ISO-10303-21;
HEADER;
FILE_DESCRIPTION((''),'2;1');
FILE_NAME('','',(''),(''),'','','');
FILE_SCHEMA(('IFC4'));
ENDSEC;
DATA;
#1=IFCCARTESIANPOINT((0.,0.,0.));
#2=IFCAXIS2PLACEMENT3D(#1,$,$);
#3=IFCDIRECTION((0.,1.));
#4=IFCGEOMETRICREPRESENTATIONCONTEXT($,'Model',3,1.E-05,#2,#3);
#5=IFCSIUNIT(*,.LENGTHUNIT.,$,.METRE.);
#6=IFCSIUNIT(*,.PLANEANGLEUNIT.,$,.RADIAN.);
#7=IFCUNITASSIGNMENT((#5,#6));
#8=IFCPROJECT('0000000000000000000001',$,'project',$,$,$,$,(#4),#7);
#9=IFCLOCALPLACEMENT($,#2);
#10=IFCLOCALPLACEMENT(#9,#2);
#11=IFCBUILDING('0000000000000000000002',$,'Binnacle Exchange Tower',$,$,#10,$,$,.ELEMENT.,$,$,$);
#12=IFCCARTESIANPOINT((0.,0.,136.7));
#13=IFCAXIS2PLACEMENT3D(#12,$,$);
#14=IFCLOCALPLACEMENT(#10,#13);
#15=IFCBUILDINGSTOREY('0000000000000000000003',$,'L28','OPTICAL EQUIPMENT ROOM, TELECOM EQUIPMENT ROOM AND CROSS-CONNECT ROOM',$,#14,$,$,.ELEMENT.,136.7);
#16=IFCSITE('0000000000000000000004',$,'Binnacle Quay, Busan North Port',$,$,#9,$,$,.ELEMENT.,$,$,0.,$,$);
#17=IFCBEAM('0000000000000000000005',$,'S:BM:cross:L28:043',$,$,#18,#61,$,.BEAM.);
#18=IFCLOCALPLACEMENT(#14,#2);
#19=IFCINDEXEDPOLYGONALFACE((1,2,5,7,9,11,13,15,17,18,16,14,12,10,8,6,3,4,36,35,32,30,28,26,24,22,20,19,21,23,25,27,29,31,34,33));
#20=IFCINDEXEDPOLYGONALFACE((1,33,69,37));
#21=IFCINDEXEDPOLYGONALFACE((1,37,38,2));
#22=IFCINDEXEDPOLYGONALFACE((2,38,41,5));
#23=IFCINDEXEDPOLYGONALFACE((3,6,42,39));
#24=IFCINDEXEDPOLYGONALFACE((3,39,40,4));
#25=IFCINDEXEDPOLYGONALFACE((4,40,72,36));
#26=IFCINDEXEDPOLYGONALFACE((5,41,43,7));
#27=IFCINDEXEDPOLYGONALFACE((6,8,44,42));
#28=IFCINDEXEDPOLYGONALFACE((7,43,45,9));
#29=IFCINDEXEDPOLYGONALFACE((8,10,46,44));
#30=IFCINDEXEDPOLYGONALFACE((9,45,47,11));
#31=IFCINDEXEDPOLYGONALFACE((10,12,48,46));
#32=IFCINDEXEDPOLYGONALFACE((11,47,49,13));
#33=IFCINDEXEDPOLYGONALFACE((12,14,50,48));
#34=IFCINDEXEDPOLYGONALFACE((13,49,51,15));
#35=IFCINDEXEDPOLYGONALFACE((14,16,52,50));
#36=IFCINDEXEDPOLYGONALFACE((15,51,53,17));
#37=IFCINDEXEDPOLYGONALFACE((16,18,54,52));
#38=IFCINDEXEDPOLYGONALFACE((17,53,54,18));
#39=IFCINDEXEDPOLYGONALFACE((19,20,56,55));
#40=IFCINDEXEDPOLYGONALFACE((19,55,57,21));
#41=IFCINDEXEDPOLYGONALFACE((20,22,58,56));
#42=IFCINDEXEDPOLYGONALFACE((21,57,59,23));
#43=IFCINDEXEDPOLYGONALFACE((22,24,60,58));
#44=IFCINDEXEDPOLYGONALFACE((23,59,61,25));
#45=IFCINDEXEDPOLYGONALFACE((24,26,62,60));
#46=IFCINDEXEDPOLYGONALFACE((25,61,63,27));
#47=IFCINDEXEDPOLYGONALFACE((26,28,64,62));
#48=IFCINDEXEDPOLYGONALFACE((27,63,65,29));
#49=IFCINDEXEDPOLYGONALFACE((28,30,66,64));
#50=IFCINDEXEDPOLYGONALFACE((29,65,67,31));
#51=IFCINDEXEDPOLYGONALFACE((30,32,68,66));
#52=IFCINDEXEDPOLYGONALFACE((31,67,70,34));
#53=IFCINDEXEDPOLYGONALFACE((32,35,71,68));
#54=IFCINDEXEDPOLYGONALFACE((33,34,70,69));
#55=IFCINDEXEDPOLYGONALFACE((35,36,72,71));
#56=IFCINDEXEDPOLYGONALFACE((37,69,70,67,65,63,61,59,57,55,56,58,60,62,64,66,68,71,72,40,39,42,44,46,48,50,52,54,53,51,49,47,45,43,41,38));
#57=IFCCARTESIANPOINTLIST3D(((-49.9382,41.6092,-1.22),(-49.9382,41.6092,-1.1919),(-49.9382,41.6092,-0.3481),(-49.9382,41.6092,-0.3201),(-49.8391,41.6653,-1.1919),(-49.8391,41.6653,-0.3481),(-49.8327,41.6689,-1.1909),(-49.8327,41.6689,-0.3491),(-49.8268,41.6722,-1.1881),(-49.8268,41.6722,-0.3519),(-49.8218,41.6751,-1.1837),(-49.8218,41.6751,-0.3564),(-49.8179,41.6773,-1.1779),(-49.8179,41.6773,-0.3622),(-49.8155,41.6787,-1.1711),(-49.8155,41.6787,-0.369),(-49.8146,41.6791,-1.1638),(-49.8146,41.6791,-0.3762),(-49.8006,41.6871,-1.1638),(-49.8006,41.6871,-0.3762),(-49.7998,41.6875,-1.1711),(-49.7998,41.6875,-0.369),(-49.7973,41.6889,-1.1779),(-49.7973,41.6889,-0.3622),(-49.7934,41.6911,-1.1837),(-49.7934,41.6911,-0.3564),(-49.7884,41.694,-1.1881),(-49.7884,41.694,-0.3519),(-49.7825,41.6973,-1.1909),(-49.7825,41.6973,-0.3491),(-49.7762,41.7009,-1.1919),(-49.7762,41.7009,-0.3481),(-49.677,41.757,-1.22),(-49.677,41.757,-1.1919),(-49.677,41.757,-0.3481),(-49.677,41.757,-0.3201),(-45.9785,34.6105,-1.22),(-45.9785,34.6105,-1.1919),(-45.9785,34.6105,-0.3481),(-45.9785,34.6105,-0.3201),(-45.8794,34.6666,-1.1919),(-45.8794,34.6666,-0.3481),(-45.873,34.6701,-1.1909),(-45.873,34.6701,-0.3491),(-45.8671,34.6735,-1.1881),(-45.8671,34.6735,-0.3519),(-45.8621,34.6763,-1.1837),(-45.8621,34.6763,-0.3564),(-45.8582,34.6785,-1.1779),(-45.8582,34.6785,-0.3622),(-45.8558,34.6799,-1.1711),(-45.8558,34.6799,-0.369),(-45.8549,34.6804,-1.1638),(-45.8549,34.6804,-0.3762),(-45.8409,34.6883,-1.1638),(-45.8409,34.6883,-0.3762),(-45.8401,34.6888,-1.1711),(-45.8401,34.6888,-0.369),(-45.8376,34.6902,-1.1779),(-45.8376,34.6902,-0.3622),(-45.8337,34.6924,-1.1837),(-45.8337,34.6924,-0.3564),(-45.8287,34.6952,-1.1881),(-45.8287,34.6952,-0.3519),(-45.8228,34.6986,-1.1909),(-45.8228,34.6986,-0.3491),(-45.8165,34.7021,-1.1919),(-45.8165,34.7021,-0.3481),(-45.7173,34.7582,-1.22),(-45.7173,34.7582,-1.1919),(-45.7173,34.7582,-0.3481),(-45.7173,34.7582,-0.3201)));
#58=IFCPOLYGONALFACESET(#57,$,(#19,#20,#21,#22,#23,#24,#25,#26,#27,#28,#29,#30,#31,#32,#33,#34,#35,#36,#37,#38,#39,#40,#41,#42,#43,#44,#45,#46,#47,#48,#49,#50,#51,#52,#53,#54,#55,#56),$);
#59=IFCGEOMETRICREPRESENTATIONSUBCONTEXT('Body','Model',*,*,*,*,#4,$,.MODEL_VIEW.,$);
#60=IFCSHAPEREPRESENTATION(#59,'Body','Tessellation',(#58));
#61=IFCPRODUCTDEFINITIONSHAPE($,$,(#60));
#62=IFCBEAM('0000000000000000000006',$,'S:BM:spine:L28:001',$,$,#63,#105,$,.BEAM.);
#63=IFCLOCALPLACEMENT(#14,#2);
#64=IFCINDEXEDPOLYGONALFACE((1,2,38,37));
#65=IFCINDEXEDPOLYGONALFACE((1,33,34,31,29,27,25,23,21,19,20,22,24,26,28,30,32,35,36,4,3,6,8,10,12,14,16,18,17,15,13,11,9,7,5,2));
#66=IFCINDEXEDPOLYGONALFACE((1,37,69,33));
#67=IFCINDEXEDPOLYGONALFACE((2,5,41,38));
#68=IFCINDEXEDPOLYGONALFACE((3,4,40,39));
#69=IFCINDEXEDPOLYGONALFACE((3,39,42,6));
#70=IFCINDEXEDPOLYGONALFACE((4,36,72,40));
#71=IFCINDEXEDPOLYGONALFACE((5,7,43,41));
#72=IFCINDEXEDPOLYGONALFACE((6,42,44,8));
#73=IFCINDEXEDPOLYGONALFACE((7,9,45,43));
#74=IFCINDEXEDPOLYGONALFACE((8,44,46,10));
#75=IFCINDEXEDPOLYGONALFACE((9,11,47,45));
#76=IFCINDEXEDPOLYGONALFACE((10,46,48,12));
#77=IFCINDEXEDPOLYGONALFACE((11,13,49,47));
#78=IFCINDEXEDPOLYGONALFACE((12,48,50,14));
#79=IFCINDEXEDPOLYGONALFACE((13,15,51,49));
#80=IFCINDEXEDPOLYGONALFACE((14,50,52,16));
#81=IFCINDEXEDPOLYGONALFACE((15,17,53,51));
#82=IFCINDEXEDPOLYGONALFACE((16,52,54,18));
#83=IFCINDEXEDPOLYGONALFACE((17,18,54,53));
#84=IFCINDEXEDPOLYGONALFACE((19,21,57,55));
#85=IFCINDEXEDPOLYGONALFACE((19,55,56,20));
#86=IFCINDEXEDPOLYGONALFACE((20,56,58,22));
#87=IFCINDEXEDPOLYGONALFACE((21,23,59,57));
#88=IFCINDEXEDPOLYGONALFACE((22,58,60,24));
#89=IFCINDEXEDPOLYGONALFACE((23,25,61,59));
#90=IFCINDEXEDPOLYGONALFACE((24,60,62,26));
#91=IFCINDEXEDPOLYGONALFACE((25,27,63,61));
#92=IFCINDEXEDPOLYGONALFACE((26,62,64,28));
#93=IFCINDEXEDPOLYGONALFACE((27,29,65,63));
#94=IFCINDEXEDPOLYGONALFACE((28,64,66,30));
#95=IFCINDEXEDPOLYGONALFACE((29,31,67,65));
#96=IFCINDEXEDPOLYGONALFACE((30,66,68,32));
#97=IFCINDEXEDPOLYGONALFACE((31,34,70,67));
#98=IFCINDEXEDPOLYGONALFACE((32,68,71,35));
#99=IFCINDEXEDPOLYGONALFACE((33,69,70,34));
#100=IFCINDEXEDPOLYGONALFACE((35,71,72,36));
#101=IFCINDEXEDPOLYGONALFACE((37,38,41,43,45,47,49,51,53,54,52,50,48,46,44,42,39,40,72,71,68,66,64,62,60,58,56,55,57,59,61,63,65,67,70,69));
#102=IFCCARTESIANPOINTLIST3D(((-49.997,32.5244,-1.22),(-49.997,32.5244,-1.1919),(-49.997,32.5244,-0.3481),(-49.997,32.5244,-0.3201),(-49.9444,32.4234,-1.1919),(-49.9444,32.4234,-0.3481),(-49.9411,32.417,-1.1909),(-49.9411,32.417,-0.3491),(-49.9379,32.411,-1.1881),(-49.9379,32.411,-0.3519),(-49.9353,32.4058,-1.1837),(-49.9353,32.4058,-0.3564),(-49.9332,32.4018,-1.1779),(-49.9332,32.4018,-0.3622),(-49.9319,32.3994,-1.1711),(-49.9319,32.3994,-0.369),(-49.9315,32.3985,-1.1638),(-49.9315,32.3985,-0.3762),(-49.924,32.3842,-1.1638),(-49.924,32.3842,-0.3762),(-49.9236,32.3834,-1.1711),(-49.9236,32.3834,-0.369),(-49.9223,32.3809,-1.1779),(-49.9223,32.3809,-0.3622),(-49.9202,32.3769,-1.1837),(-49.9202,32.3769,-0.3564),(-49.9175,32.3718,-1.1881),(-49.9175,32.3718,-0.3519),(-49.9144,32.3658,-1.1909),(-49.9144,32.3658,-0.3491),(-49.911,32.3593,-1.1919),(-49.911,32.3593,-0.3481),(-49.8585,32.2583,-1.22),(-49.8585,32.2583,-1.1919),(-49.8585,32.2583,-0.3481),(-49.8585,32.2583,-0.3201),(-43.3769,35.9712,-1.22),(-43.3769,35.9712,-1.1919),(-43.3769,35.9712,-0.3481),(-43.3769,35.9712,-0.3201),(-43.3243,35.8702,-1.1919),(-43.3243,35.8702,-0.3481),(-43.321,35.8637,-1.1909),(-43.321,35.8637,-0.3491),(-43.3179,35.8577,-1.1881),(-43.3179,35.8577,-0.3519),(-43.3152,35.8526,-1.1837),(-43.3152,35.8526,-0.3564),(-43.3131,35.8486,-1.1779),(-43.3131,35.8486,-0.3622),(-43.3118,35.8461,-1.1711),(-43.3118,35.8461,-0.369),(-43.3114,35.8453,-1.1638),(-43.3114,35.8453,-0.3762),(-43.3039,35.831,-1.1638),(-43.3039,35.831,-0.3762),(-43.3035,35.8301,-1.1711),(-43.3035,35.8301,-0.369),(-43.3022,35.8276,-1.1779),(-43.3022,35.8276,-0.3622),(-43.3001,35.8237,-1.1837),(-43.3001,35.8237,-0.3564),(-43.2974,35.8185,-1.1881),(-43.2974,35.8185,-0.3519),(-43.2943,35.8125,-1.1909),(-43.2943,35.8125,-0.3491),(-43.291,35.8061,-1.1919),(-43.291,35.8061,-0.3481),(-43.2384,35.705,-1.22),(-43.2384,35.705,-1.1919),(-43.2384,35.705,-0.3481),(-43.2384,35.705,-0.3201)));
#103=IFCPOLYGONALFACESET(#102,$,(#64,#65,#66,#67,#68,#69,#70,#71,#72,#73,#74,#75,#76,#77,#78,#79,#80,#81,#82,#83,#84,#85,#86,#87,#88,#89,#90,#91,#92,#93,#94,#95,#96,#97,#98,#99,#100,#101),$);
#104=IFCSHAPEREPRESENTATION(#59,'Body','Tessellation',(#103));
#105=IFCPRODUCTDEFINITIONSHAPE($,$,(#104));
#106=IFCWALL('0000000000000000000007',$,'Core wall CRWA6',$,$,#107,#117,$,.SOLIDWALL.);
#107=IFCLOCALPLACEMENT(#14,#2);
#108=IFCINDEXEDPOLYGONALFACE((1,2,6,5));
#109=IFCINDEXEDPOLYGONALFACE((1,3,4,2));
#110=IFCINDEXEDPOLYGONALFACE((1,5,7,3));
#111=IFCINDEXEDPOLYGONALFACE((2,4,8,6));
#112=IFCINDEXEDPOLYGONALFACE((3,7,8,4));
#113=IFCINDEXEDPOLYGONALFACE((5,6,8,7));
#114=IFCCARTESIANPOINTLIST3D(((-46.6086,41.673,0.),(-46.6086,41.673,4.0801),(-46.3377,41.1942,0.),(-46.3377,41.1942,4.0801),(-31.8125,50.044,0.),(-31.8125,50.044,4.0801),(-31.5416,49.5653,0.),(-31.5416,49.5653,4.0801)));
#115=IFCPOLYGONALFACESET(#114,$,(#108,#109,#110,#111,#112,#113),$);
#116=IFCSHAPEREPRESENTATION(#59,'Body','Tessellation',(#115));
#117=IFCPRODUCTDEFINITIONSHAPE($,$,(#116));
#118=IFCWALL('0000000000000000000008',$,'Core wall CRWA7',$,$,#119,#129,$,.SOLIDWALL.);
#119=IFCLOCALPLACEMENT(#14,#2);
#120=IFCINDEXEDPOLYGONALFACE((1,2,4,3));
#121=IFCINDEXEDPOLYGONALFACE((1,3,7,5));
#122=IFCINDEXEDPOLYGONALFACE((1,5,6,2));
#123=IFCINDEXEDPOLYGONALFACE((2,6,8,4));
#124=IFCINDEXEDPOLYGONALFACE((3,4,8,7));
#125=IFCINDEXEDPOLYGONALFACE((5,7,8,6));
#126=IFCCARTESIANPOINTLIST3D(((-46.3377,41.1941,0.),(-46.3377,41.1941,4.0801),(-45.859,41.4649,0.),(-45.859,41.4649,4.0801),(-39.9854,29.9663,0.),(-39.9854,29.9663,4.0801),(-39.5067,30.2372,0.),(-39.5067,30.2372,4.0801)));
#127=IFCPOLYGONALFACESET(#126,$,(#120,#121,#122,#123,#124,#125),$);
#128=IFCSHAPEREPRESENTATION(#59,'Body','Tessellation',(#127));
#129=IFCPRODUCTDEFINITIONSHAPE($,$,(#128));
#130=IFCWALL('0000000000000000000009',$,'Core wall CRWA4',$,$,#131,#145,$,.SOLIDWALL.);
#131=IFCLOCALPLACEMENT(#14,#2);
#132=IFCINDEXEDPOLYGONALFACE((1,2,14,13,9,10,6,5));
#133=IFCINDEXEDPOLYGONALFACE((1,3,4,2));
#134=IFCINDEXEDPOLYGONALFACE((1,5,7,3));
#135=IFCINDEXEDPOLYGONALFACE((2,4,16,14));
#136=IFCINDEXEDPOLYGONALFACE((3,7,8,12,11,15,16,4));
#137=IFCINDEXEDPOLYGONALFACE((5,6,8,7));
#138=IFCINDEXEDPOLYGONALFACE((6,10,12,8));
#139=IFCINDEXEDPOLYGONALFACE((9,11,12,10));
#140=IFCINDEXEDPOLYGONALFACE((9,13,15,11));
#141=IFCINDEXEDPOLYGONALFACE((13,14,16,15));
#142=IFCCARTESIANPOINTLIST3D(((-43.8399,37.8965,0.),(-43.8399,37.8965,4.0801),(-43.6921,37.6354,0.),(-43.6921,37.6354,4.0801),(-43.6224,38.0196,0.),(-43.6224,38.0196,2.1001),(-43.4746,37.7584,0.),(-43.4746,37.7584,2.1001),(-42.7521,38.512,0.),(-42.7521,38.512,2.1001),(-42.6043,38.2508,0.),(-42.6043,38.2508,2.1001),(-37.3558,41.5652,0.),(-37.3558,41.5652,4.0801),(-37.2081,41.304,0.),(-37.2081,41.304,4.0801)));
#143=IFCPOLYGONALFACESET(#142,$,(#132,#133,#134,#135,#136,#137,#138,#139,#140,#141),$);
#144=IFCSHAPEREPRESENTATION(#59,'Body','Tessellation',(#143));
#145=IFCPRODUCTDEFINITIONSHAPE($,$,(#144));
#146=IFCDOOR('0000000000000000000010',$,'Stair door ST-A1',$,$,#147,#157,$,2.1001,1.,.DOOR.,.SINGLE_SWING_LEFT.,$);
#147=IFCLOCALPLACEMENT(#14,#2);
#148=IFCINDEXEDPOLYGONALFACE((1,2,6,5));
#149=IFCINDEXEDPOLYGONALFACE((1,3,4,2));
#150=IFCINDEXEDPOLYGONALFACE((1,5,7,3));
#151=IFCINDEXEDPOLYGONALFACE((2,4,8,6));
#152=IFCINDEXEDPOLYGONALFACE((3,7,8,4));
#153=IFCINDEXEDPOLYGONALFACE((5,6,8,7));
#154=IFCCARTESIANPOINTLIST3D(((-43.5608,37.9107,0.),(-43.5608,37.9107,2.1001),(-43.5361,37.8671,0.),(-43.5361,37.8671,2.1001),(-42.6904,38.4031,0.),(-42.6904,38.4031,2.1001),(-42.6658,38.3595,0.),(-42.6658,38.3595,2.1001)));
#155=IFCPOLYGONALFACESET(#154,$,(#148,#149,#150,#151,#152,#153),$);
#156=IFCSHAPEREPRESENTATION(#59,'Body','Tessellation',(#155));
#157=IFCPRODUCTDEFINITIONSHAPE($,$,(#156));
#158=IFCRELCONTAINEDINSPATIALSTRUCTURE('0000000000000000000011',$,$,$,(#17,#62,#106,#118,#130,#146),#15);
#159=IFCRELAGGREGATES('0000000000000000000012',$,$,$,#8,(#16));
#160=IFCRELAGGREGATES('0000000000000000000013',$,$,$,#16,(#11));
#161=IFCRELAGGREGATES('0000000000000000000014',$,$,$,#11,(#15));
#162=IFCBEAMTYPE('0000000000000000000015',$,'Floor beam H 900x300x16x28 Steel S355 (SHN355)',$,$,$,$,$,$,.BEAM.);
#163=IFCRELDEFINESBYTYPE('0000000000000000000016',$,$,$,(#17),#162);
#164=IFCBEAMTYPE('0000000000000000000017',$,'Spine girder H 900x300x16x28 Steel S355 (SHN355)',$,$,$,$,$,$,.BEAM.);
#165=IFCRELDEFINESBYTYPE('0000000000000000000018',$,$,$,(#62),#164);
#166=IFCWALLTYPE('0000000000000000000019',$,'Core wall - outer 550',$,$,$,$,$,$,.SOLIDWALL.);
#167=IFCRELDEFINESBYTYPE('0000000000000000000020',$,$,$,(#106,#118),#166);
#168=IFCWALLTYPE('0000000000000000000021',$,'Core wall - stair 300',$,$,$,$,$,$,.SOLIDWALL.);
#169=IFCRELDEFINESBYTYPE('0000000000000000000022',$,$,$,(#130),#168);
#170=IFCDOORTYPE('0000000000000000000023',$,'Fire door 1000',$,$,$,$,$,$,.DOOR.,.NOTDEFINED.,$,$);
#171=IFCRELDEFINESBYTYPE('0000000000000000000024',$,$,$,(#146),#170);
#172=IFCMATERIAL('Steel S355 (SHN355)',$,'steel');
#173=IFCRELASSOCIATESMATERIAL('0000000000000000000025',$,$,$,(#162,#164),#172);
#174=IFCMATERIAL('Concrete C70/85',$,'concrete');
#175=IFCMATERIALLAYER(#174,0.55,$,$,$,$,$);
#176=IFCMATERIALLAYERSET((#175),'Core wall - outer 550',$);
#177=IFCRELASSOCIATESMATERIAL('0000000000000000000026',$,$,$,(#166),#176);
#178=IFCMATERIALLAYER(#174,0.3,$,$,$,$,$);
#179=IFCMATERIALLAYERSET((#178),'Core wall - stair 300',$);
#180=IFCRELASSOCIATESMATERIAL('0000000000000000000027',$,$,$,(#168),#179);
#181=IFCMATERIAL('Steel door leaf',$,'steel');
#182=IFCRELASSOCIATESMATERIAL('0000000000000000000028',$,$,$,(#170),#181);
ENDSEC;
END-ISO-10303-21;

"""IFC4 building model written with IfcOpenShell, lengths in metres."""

from ifc_helpers import new_model, si_unit, direction, frame, frame_2d, origin, origin_2d, place, context, subcontext, project, spatial, rectangle, i_section, extrude, material, layer, layer_set, material_profile, profile_set, type_object, element, fill, save


model = new_model("IFC4")

# Units and contexts
model_context = context("Model", 3, precision=1e-05, world=origin(), true_north=direction((0.0, 1.0)))
body_context = subcontext(model_context, "Body", "Model", "MODEL_VIEW")
ifc_project = project(units=[si_unit("LENGTHUNIT", "METRE"), si_unit("PLANEANGLEUNIT", "RADIAN")], contexts=[model_context])

# Site, building, storey
site_placement = place(None, origin())
site = spatial("IfcSite", under=ifc_project, at=site_placement, Name="Binnacle Quay, Busan North Port", CompositionType="ELEMENT", RefElevation=0.0)
building_placement = place(site_placement, origin())
building = spatial("IfcBuilding", under=site, at=building_placement, Name="Binnacle Exchange Tower", CompositionType="ELEMENT")
storey_placement = place(building_placement, frame((0.0, 0.0, 136.7)))
storey = spatial("IfcBuildingStorey", under=building, at=storey_placement, Name="L28", Description="OPTICAL EQUIPMENT ROOM, TELECOM EQUIPMENT ROOM AND CROSS-CONNECT ROOM", CompositionType="ELEMENT", Elevation=136.7)

# Shared definitions
ifc_material_1 = material(Name="Concrete C70/85", Category="concrete")

# Beams
ifc_material_2 = material(Name="Steel S355 (SHN355)", Category="steel")
ifc_material_profile_1 = material_profile(ifc_material_2, i_section(OverallWidth=0.3, OverallDepth=0.8999, WebThickness=0.0161, FlangeThickness=0.0281, FilletRadius=0.0281, at=origin_2d()), Name="H 900x300x16x28")
ifc_profile_set_1 = profile_set([ifc_material_profile_1], Name="Steel S355 (SHN355)")
beam_type_1 = type_object("IfcBeamType", Name="Floor beam H 900x300x16x28 Steel S355 (SHN355)", PredefinedType="BEAM", material=ifc_profile_set_1)
beam_1_placement = place(storey_placement, frame((-49.8076, 41.6831, -0.77), z_axis=(0.492423, -0.870356, 0.0), x_axis=(0.870356, 0.492423, 0.0)))
element("IfcBeam", 1, at=beam_1_placement, inside=storey, type_object=beam_type_1, Name="S:BM:cross:L28:043", PredefinedType="BEAM", context=body_context, shape_type="SweptSolid", body=[
    extrude(i_section(OverallWidth=0.3, OverallDepth=0.8999, WebThickness=0.0161, FlangeThickness=0.0281, FilletRadius=0.0281, at=origin_2d()), origin(), (0.0, 0.0, 1.0), 8.0413),
])
ifc_material_profile_2 = material_profile(ifc_material_2, i_section(OverallWidth=0.3, OverallDepth=0.8999, WebThickness=0.0161, FlangeThickness=0.0281, FilletRadius=0.0281, at=origin_2d()), Name="H 900x300x16x28")
ifc_profile_set_2 = profile_set([ifc_material_profile_2], Name="Steel S355 (SHN355)")
beam_type_2 = type_object("IfcBeamType", Name="Spine girder H 900x300x16x28 Steel S355 (SHN355)", PredefinedType="BEAM", material=ifc_profile_set_2)
beam_2_placement = place(storey_placement, frame((-49.9277, 32.3914, -0.77), z_axis=(0.88698, 0.461808, 0.0), x_axis=(-0.461808, 0.88698, 0.0)))
element("IfcBeam", 2, at=beam_2_placement, inside=storey, type_object=beam_type_2, Name="S:BM:spine:L28:001", PredefinedType="BEAM", context=body_context, shape_type="SweptSolid", body=[
    extrude(i_section(OverallWidth=0.3, OverallDepth=0.8999, WebThickness=0.0161, FlangeThickness=0.0281, FilletRadius=0.0281, at=origin_2d()), origin(), (0.0, 0.0, 1.0), 7.4636),
])

# Walls
ifc_layer_1 = layer(ifc_material_1, 0.55)
ifc_layer_set_1 = layer_set([ifc_layer_1], Name="Core wall - outer 550")
wall_type_1 = type_object("IfcWallType", Name="Core wall - outer 550", PredefinedType="SOLIDWALL", material=ifc_layer_set_1)
wall_1_placement = place(storey_placement, frame((-46.4731, 41.4336, 0.0), z_axis=(0.0, 0.0, 1.0), x_axis=(0.87036, 0.492416, 0.0)))
element("IfcWall", 3, at=wall_1_placement, inside=storey, type_object=wall_type_1, Name="Core wall CRWA6", PredefinedType="SOLIDWALL", context=body_context, shape_type="SweptSolid", body=[
    extrude(rectangle(XDim=17.0, YDim=0.55, at=frame_2d((8.5, 0.0))), origin(), (0.0, 0.0, 1.0), 4.0801),
])
wall_2_placement = place(storey_placement, frame((-46.0984, 41.3296, 0.0), z_axis=(0.0, 0.0, 1.0), x_axis=(0.492419, -0.870358, 0.0)))
element("IfcWall", 4, at=wall_2_placement, inside=storey, type_object=wall_type_1, Name="Core wall CRWA7", PredefinedType="SOLIDWALL", context=body_context, shape_type="SweptSolid", body=[
    extrude(rectangle(XDim=12.9001, YDim=0.55, at=frame_2d((6.4502, 0.0))), origin(), (0.0, 0.0, 1.0), 4.0801),
])

# Wall, opening, door
ifc_layer_2 = layer(ifc_material_1, 0.3)
ifc_layer_set_2 = layer_set([ifc_layer_2], Name="Core wall - stair 300")
wall_type_2 = type_object("IfcWallType", Name="Core wall - stair 300", PredefinedType="SOLIDWALL", material=ifc_layer_set_2)
wall_3_placement = place(storey_placement, frame((-43.7661, 37.7659, 0.0), z_axis=(0.0, 0.0, 1.0), x_axis=(0.870347, 0.492439, 0.0)))
wall_3 = element("IfcWall", 5, at=wall_3_placement, inside=storey, type_object=wall_type_2, Name="Core wall CRWA4", PredefinedType="SOLIDWALL", context=body_context, shape_type="SweptSolid", body=[
    extrude(rectangle(XDim=7.45, YDim=0.3, at=frame_2d((3.7251, 0.0))), origin(), (0.0, 0.0, 1.0), 4.0801),
])
opening_1_placement = place(wall_3_placement, frame((0.25, 0.0, 0.0)))
opening_1 = element("IfcOpeningElement", 6, at=opening_1_placement, cuts=wall_3, PredefinedType="OPENING", context=body_context, shape_type="SweptSolid", body=[
    extrude(rectangle(XDim=1.0, YDim=2.1001, at=frame_2d((0.5, 1.05))), frame((0.0, 0.1599, 0.0), z_axis=(0.0, -1.0, 0.0), x_axis=(1.0, 0.0, 0.0)), (0.0, 0.0, 1.0), 0.3201),
])
ifc_material_3 = material(Name="Steel door leaf", Category="steel")
door_type = type_object("IfcDoorType", Name="Fire door 1000", OperationType="NOTDEFINED", PredefinedType="DOOR", material=ifc_material_3)
door_placement = place(opening_1_placement, origin())
door = element("IfcDoor", 7, at=door_placement, inside=storey, type_object=door_type, Name="Stair door ST-A1", OperationType="SINGLE_SWING_LEFT", OverallHeight=2.1001, OverallWidth=1.0, PredefinedType="DOOR", context=body_context, shape_type="SweptSolid", body=[
    extrude(rectangle(XDim=1.0, YDim=2.1001, at=frame_2d((0.5, 1.05))), frame((0.0, 0.0249, 0.0), z_axis=(0.0, -1.0, 0.0), x_axis=(1.0, 0.0, 0.0)), (0.0, 0.0, 1.0), 0.05),
])
fill(opening_1, door)

save(model, "model.ifc")
